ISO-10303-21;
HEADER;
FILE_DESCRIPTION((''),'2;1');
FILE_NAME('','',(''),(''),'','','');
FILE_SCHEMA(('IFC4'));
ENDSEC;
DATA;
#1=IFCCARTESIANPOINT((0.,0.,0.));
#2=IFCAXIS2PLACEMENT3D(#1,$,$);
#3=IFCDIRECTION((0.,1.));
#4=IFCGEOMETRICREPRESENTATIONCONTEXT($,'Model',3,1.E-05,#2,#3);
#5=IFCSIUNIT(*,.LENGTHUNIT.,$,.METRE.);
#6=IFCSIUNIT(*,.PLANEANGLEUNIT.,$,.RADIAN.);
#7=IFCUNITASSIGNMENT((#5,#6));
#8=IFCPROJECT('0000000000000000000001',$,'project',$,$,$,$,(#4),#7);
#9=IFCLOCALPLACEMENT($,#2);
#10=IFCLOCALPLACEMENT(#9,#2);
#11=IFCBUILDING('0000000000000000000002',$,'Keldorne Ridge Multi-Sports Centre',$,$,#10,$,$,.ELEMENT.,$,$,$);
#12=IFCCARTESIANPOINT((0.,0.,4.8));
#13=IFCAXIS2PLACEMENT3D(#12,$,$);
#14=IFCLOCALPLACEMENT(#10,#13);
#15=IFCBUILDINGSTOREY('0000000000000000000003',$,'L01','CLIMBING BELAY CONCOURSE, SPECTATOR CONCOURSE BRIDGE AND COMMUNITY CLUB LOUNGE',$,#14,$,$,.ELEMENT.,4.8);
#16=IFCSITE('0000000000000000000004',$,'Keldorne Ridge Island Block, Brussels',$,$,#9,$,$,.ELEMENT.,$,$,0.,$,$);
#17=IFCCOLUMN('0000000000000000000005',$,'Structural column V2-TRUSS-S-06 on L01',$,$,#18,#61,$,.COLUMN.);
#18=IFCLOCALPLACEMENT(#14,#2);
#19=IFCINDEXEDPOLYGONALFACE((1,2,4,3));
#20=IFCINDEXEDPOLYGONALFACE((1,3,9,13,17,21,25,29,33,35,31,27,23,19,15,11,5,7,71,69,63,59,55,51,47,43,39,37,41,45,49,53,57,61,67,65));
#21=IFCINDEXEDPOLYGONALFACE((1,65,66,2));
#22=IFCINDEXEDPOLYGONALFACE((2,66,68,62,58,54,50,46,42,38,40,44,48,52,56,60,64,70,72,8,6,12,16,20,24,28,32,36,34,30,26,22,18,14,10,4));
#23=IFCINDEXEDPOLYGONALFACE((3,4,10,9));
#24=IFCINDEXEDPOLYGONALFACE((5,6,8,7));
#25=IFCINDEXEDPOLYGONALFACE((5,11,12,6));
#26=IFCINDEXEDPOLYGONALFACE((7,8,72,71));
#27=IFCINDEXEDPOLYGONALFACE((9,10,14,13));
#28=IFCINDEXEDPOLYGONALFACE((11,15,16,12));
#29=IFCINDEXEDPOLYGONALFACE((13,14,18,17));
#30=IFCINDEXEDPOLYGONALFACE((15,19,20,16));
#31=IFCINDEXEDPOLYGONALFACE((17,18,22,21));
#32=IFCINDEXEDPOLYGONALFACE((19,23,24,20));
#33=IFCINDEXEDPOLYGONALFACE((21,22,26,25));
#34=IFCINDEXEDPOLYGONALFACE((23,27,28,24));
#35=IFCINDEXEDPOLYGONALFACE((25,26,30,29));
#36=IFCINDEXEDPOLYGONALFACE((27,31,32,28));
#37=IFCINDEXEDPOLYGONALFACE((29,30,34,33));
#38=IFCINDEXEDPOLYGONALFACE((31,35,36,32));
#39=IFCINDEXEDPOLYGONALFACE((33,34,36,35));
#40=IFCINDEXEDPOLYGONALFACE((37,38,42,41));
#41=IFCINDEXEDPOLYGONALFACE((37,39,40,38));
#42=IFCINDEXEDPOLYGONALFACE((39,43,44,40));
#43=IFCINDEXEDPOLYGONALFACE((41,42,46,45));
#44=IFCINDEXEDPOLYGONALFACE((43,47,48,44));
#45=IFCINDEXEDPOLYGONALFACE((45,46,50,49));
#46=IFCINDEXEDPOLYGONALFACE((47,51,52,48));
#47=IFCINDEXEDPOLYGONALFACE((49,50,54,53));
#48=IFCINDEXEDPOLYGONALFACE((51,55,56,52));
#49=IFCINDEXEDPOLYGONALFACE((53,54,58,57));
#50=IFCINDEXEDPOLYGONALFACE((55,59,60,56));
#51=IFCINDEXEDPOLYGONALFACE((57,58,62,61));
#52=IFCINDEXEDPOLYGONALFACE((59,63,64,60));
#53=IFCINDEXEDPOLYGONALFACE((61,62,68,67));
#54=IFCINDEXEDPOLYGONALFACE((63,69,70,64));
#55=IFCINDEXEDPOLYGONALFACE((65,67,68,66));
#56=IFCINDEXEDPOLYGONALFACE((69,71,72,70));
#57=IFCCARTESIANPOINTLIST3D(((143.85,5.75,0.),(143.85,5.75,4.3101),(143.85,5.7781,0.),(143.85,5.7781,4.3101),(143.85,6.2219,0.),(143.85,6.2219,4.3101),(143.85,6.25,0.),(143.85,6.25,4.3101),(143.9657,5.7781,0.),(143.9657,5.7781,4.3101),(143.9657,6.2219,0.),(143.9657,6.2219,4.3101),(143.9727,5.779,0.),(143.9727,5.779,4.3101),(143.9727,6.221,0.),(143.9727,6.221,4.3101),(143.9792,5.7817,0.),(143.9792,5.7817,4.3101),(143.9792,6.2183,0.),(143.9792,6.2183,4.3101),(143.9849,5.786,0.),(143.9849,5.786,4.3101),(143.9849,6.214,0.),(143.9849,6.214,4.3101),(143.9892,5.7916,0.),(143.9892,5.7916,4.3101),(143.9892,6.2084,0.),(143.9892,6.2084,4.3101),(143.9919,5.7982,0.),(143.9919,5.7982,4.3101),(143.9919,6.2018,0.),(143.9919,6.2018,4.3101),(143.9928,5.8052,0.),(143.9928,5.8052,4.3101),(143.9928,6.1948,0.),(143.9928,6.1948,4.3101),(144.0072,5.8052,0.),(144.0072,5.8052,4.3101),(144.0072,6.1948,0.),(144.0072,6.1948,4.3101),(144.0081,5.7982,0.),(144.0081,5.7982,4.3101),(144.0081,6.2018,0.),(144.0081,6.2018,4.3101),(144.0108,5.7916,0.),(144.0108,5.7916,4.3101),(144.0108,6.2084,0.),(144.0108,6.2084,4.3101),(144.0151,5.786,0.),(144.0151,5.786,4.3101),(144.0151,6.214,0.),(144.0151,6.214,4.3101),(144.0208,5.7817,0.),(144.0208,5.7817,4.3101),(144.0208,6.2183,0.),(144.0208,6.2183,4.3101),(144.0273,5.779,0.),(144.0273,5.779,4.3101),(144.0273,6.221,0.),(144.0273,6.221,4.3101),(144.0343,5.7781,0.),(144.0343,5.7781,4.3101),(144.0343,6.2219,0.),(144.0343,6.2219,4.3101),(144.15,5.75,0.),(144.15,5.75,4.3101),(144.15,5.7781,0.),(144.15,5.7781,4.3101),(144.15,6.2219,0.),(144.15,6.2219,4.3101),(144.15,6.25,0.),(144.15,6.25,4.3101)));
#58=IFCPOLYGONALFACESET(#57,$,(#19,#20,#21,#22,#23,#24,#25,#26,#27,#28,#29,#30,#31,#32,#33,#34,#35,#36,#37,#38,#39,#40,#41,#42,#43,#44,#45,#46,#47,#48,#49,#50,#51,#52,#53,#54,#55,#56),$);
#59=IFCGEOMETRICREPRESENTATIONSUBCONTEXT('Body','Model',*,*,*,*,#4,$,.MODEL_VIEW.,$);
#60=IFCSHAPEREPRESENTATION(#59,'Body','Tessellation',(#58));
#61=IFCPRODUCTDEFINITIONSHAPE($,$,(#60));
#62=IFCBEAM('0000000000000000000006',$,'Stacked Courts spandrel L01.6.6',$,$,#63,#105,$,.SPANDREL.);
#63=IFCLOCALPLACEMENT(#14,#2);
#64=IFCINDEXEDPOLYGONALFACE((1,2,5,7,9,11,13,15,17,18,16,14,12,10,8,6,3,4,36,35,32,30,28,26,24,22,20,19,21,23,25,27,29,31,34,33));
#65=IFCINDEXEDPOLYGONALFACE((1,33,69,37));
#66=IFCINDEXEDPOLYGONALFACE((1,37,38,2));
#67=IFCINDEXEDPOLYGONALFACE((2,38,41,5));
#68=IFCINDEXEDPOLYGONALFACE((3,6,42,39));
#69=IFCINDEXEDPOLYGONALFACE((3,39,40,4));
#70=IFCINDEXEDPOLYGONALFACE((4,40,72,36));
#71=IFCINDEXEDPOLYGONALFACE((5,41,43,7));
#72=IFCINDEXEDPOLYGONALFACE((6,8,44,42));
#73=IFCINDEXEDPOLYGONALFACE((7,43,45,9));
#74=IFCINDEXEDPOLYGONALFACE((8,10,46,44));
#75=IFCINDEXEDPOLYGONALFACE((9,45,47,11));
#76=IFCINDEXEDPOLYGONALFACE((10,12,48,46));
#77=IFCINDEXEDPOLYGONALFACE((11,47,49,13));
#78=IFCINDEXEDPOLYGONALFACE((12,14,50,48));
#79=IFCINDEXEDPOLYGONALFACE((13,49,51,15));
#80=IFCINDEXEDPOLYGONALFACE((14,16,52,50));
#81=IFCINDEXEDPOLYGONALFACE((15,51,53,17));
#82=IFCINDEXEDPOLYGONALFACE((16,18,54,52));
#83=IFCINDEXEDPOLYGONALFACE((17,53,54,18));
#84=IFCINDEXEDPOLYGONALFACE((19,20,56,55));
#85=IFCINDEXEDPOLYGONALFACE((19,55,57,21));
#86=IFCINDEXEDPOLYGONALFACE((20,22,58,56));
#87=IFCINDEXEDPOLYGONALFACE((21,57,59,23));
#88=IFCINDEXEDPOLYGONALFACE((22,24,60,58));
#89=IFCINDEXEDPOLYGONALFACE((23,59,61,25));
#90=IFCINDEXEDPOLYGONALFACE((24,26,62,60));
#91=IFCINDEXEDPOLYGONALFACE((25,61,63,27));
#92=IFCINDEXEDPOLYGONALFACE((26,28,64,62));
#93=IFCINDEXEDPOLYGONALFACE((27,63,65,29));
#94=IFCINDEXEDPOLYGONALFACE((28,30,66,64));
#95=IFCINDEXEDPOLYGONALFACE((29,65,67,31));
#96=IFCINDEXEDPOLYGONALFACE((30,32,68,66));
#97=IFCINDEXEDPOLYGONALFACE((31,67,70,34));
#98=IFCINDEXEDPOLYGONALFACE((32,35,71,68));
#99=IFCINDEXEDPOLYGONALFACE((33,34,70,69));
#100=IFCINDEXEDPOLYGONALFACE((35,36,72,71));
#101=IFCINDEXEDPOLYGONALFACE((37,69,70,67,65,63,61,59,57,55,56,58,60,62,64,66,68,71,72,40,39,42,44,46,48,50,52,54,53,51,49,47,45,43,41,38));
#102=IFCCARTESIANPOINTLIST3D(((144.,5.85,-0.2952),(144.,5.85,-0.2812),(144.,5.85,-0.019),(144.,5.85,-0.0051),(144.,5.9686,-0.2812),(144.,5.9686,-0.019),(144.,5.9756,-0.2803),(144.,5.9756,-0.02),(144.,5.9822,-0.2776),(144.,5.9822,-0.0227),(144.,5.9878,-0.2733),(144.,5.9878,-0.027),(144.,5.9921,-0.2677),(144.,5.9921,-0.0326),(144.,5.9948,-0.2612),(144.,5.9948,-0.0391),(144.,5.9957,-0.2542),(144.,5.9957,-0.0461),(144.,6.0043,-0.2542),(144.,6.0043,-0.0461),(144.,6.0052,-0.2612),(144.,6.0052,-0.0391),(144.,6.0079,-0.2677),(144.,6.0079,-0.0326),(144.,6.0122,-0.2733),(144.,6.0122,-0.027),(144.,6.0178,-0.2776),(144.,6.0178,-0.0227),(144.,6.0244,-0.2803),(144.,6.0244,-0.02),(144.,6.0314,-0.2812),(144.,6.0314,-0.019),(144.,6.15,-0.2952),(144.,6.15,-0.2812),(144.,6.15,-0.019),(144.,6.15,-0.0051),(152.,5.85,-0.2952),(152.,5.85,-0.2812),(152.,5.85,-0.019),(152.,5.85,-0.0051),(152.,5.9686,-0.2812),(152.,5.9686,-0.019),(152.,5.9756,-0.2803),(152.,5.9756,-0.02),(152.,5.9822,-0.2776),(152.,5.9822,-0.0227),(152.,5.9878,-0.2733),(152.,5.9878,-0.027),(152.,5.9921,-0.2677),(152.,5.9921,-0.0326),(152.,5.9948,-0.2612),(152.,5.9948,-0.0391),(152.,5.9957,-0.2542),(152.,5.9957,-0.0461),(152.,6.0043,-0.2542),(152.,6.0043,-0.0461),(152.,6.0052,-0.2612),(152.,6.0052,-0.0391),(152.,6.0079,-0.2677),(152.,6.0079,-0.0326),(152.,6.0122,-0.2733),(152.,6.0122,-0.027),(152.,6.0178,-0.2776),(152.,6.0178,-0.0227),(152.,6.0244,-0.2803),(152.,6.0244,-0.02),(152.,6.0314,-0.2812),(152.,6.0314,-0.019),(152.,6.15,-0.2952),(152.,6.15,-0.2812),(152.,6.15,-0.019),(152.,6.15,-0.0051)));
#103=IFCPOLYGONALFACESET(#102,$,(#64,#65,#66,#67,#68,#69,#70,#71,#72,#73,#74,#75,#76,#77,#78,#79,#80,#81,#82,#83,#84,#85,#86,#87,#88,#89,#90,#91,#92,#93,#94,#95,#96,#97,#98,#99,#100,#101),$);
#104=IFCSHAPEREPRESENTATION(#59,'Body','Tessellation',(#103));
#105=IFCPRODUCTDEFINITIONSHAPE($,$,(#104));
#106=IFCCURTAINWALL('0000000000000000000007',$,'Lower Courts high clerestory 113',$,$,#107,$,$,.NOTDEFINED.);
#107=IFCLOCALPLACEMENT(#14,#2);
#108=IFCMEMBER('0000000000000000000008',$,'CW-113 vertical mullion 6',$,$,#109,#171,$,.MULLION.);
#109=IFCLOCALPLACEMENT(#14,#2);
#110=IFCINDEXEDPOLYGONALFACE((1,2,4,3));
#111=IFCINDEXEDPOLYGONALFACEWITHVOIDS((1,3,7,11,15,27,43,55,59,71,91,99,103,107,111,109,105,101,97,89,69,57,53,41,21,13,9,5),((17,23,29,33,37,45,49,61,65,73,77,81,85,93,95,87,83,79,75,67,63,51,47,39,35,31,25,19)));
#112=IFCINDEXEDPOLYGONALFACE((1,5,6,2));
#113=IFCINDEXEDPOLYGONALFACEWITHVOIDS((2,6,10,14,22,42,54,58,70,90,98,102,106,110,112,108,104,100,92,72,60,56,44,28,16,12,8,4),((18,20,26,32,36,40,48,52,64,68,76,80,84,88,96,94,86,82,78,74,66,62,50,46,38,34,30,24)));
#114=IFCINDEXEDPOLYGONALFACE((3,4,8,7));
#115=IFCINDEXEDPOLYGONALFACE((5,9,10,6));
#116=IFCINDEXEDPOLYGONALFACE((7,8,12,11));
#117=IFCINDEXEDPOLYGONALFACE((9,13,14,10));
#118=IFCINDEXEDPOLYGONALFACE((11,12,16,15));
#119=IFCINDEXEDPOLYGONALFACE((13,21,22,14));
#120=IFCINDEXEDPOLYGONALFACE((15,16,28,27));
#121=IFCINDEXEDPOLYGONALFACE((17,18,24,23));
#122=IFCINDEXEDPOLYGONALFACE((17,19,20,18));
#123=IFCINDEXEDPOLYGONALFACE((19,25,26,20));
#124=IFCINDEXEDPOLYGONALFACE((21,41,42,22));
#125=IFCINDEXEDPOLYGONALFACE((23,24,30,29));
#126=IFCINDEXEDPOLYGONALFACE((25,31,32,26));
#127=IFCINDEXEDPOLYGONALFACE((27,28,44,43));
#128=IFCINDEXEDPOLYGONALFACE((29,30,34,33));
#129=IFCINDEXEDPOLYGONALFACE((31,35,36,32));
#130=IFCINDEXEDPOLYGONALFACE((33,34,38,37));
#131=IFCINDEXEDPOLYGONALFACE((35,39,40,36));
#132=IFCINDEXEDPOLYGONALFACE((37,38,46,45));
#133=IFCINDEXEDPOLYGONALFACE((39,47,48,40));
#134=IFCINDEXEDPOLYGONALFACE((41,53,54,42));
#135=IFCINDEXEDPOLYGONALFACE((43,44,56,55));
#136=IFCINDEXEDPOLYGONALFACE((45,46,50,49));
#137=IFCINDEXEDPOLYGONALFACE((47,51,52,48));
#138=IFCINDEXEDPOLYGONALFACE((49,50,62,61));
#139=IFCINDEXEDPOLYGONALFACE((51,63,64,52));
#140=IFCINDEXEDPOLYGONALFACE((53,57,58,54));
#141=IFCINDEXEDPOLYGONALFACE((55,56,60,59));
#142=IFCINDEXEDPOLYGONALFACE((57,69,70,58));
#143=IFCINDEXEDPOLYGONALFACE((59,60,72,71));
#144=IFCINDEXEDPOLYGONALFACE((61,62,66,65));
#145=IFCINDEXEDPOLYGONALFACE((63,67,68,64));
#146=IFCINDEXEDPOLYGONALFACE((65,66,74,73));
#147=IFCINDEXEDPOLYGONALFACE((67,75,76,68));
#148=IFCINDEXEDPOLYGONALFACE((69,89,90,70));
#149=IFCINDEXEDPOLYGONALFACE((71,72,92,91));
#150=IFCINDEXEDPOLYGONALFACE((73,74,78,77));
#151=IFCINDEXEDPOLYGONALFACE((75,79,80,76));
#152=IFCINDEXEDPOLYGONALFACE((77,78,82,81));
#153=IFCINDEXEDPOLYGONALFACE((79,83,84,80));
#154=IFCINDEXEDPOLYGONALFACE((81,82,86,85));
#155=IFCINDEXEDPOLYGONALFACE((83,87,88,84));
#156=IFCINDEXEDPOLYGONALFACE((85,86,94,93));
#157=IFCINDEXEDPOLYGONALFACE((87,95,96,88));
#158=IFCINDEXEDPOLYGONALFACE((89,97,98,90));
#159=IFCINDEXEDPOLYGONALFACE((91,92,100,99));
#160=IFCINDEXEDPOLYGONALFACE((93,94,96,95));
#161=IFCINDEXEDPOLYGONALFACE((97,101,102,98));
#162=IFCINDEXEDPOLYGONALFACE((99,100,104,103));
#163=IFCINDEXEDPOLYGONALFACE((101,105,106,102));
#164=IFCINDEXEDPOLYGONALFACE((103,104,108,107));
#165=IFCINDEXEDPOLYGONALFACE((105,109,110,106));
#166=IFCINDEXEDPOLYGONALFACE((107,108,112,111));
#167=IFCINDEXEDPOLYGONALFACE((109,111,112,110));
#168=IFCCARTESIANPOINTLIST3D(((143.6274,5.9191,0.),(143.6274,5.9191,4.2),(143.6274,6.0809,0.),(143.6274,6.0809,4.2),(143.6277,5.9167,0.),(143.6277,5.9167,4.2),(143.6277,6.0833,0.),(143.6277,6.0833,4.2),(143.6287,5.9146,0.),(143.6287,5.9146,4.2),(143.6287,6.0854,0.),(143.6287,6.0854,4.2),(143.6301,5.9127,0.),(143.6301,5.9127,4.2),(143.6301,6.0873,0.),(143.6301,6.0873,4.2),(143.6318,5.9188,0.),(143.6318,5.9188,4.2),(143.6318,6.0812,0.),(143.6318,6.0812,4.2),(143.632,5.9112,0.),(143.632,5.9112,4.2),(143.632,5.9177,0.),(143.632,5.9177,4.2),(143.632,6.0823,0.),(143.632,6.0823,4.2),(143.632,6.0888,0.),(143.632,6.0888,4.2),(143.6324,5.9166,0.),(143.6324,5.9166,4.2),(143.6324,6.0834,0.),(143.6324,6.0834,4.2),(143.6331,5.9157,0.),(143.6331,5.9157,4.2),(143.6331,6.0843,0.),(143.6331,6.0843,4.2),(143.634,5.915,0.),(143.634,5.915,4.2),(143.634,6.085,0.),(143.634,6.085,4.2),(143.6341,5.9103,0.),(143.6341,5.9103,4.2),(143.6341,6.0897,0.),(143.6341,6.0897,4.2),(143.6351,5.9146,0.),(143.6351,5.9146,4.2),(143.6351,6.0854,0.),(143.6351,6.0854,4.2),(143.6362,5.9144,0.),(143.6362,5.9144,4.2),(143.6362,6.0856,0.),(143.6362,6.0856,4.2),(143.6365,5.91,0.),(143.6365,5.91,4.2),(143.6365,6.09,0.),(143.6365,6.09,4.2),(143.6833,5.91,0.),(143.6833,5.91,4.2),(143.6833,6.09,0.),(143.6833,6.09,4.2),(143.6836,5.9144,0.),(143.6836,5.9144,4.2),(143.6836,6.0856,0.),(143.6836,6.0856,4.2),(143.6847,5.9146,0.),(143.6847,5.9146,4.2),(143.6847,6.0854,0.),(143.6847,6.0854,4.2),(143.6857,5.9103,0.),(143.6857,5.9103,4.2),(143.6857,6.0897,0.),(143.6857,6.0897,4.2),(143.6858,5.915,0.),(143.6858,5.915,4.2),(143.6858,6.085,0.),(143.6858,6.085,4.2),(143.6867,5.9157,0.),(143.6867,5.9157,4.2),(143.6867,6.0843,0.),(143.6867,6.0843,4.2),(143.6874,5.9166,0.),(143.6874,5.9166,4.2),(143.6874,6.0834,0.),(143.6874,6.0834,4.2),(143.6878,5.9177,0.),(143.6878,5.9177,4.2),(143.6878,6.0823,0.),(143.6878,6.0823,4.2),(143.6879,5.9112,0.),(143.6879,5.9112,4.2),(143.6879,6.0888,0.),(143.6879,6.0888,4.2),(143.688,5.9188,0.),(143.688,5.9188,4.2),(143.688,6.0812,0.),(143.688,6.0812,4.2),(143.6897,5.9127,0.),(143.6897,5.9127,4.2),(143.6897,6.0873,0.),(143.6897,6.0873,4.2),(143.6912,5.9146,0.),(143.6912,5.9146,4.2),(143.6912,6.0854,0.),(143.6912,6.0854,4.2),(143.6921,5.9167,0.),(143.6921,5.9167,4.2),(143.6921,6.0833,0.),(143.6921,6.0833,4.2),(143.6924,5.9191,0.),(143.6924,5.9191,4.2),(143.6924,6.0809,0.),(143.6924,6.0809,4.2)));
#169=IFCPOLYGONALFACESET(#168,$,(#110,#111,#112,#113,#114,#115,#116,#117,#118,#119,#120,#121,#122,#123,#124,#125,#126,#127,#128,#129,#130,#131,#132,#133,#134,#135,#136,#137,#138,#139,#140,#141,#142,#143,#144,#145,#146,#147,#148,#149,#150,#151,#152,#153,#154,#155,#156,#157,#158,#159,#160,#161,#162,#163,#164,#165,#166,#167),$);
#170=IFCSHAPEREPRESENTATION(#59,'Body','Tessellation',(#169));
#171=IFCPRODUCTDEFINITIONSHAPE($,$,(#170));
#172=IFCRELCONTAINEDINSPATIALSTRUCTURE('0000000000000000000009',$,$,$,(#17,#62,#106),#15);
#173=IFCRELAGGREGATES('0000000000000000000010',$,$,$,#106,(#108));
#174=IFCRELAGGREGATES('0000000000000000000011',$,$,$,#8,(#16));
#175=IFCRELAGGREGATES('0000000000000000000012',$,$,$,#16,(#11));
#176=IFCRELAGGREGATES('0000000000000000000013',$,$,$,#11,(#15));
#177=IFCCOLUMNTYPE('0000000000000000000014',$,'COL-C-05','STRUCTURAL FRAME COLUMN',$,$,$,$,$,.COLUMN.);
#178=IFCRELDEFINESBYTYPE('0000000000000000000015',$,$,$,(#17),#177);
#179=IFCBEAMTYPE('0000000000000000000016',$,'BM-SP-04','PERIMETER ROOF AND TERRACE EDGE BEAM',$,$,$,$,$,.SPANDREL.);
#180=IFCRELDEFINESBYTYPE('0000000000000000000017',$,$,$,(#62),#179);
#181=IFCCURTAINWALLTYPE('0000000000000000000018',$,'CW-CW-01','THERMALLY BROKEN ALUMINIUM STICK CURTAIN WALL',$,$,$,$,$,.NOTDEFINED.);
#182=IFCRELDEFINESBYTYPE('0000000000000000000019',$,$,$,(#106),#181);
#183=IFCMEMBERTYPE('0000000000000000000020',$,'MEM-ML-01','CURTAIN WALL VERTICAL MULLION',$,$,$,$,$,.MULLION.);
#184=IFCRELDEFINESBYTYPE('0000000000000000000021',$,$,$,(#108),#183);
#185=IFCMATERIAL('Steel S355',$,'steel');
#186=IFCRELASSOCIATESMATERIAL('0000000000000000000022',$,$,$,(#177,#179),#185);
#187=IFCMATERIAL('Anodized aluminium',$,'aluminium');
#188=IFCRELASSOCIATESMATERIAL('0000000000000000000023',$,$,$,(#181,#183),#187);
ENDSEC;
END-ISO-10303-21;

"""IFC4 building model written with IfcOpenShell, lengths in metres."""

from ifc_helpers import new_model, si_unit, direction, frame, origin, origin_2d, place, context, subcontext, project, spatial, hollow_rectangle, i_section, extrude, material, material_profile, profile_set, type_object, element, aggregate, save


model = new_model("IFC4")

# Units and contexts
model_context = context("Model", 3, precision=1e-05, world=origin(), true_north=direction((0.0, 1.0)))
body_context = subcontext(model_context, "Body", "Model", "MODEL_VIEW")
ifc_project = project(units=[si_unit("LENGTHUNIT", "METRE"), si_unit("PLANEANGLEUNIT", "RADIAN")], contexts=[model_context])

# Site, building, storey
site_placement = place(None, origin())
site = spatial("IfcSite", under=ifc_project, at=site_placement, Name="Keldorne Ridge Island Block, Brussels", CompositionType="ELEMENT", RefElevation=0.0)
building_placement = place(site_placement, origin())
building = spatial("IfcBuilding", under=site, at=building_placement, Name="Keldorne Ridge Multi-Sports Centre", CompositionType="ELEMENT")
storey_placement = place(building_placement, frame((0.0, 0.0, 4.8)))
storey = spatial("IfcBuildingStorey", under=building, at=storey_placement, Name="L01", Description="CLIMBING BELAY CONCOURSE, SPECTATOR CONCOURSE BRIDGE AND COMMUNITY CLUB LOUNGE", CompositionType="ELEMENT", Elevation=4.8)

# Column
ifc_material_1 = material(Name="Steel S355", Category="steel")
ifc_material_profile_1 = material_profile(ifc_material_1, i_section(OverallWidth=0.3, OverallDepth=0.5, WebThickness=0.0144, FlangeThickness=0.0281, FilletRadius=0.0271, at=origin_2d()), Name="HEB 500")
ifc_profile_set_1 = profile_set([ifc_material_profile_1], Name="Steel S355")
column_type = type_object("IfcColumnType", Name="COL-C-05", Description="STRUCTURAL FRAME COLUMN", PredefinedType="COLUMN", material=ifc_profile_set_1)
column_placement = place(storey_placement, frame((144.0, 6.0, 0.0), z_axis=(0.0, 0.0, 1.0), x_axis=(1.0, 0.0, 0.0)))
element("IfcColumn", 1, at=column_placement, inside=storey, type_object=column_type, Name="Structural column V2-TRUSS-S-06 on L01", PredefinedType="COLUMN", context=body_context, shape_type="SweptSolid", body=[
    extrude(i_section(OverallWidth=0.3, OverallDepth=0.5, WebThickness=0.0144, FlangeThickness=0.0281, FilletRadius=0.0271, at=origin_2d()), origin(), (0.0, 0.0, 1.0), 4.3101),
])

# Beam
ifc_material_profile_2 = material_profile(ifc_material_1, i_section(OverallWidth=0.3, OverallDepth=0.29, WebThickness=0.0085, FlangeThickness=0.0139, FilletRadius=0.0271, at=origin_2d()), Name="HEA 300")
ifc_profile_set_2 = profile_set([ifc_material_profile_2], Name="Steel S355")
beam_type = type_object("IfcBeamType", Name="BM-SP-04", Description="PERIMETER ROOF AND TERRACE EDGE BEAM", PredefinedType="SPANDREL", material=ifc_profile_set_2)
beam_placement = place(storey_placement, frame((144.0, 6.0, -0.1501), z_axis=(1.0, 0.0, 0.0), x_axis=(0.0, 1.0, 0.0)))
element("IfcBeam", 2, at=beam_placement, inside=storey, type_object=beam_type, Name="Stacked Courts spandrel L01.6.6", PredefinedType="SPANDREL", context=body_context, shape_type="SweptSolid", body=[
    extrude(i_section(OverallWidth=0.3, OverallDepth=0.29, WebThickness=0.0085, FlangeThickness=0.0139, FilletRadius=0.0271, at=origin_2d()), origin(), (0.0, 0.0, 1.0), 8.0),
])

# Curtain wall, member
ifc_material_2 = material(Name="Anodized aluminium", Category="aluminium")
curtain_wall_type = type_object("IfcCurtainWallType", Name="CW-CW-01", Description="THERMALLY BROKEN ALUMINIUM STICK CURTAIN WALL", PredefinedType="NOTDEFINED", material=ifc_material_2)
curtain_wall_placement = place(storey_placement, origin())
curtain_wall = element("IfcCurtainWall", 3, at=curtain_wall_placement, inside=storey, type_object=curtain_wall_type, Name="Lower Courts high clerestory 113", PredefinedType="NOTDEFINED")
ifc_material_profile_3 = material_profile(ifc_material_2, hollow_rectangle(XDim=0.0649, YDim=0.1799, WallThickness=0.0044, InnerFilletRadius=0.0044, OuterFilletRadius=0.009, at=origin_2d()), Name="ALU MULLION 180x65x4.5")
ifc_profile_set_3 = profile_set([ifc_material_profile_3], Name="Anodized aluminium")
member_type_1 = type_object("IfcMemberType", Name="MEM-ML-01", Description="CURTAIN WALL VERTICAL MULLION", PredefinedType="MULLION", material=ifc_profile_set_3)
member_1_placement = place(storey_placement, frame((143.6599, 6.0, 0.0), z_axis=(0.0, 0.0, 1.0), x_axis=(1.0, 0.0, 0.0)))
member_1 = element("IfcMember", 4, at=member_1_placement, type_object=member_type_1, Name="CW-113 vertical mullion 6", PredefinedType="MULLION", context=body_context, shape_type="SweptSolid", body=[
    extrude(hollow_rectangle(XDim=0.0649, YDim=0.1799, WallThickness=0.0044, InnerFilletRadius=0.0044, OuterFilletRadius=0.009, at=origin_2d()), origin(), (0.0, 0.0, 1.0), 4.2),
])

aggregate(curtain_wall, [member_1])

save(model, "model.ifc")
